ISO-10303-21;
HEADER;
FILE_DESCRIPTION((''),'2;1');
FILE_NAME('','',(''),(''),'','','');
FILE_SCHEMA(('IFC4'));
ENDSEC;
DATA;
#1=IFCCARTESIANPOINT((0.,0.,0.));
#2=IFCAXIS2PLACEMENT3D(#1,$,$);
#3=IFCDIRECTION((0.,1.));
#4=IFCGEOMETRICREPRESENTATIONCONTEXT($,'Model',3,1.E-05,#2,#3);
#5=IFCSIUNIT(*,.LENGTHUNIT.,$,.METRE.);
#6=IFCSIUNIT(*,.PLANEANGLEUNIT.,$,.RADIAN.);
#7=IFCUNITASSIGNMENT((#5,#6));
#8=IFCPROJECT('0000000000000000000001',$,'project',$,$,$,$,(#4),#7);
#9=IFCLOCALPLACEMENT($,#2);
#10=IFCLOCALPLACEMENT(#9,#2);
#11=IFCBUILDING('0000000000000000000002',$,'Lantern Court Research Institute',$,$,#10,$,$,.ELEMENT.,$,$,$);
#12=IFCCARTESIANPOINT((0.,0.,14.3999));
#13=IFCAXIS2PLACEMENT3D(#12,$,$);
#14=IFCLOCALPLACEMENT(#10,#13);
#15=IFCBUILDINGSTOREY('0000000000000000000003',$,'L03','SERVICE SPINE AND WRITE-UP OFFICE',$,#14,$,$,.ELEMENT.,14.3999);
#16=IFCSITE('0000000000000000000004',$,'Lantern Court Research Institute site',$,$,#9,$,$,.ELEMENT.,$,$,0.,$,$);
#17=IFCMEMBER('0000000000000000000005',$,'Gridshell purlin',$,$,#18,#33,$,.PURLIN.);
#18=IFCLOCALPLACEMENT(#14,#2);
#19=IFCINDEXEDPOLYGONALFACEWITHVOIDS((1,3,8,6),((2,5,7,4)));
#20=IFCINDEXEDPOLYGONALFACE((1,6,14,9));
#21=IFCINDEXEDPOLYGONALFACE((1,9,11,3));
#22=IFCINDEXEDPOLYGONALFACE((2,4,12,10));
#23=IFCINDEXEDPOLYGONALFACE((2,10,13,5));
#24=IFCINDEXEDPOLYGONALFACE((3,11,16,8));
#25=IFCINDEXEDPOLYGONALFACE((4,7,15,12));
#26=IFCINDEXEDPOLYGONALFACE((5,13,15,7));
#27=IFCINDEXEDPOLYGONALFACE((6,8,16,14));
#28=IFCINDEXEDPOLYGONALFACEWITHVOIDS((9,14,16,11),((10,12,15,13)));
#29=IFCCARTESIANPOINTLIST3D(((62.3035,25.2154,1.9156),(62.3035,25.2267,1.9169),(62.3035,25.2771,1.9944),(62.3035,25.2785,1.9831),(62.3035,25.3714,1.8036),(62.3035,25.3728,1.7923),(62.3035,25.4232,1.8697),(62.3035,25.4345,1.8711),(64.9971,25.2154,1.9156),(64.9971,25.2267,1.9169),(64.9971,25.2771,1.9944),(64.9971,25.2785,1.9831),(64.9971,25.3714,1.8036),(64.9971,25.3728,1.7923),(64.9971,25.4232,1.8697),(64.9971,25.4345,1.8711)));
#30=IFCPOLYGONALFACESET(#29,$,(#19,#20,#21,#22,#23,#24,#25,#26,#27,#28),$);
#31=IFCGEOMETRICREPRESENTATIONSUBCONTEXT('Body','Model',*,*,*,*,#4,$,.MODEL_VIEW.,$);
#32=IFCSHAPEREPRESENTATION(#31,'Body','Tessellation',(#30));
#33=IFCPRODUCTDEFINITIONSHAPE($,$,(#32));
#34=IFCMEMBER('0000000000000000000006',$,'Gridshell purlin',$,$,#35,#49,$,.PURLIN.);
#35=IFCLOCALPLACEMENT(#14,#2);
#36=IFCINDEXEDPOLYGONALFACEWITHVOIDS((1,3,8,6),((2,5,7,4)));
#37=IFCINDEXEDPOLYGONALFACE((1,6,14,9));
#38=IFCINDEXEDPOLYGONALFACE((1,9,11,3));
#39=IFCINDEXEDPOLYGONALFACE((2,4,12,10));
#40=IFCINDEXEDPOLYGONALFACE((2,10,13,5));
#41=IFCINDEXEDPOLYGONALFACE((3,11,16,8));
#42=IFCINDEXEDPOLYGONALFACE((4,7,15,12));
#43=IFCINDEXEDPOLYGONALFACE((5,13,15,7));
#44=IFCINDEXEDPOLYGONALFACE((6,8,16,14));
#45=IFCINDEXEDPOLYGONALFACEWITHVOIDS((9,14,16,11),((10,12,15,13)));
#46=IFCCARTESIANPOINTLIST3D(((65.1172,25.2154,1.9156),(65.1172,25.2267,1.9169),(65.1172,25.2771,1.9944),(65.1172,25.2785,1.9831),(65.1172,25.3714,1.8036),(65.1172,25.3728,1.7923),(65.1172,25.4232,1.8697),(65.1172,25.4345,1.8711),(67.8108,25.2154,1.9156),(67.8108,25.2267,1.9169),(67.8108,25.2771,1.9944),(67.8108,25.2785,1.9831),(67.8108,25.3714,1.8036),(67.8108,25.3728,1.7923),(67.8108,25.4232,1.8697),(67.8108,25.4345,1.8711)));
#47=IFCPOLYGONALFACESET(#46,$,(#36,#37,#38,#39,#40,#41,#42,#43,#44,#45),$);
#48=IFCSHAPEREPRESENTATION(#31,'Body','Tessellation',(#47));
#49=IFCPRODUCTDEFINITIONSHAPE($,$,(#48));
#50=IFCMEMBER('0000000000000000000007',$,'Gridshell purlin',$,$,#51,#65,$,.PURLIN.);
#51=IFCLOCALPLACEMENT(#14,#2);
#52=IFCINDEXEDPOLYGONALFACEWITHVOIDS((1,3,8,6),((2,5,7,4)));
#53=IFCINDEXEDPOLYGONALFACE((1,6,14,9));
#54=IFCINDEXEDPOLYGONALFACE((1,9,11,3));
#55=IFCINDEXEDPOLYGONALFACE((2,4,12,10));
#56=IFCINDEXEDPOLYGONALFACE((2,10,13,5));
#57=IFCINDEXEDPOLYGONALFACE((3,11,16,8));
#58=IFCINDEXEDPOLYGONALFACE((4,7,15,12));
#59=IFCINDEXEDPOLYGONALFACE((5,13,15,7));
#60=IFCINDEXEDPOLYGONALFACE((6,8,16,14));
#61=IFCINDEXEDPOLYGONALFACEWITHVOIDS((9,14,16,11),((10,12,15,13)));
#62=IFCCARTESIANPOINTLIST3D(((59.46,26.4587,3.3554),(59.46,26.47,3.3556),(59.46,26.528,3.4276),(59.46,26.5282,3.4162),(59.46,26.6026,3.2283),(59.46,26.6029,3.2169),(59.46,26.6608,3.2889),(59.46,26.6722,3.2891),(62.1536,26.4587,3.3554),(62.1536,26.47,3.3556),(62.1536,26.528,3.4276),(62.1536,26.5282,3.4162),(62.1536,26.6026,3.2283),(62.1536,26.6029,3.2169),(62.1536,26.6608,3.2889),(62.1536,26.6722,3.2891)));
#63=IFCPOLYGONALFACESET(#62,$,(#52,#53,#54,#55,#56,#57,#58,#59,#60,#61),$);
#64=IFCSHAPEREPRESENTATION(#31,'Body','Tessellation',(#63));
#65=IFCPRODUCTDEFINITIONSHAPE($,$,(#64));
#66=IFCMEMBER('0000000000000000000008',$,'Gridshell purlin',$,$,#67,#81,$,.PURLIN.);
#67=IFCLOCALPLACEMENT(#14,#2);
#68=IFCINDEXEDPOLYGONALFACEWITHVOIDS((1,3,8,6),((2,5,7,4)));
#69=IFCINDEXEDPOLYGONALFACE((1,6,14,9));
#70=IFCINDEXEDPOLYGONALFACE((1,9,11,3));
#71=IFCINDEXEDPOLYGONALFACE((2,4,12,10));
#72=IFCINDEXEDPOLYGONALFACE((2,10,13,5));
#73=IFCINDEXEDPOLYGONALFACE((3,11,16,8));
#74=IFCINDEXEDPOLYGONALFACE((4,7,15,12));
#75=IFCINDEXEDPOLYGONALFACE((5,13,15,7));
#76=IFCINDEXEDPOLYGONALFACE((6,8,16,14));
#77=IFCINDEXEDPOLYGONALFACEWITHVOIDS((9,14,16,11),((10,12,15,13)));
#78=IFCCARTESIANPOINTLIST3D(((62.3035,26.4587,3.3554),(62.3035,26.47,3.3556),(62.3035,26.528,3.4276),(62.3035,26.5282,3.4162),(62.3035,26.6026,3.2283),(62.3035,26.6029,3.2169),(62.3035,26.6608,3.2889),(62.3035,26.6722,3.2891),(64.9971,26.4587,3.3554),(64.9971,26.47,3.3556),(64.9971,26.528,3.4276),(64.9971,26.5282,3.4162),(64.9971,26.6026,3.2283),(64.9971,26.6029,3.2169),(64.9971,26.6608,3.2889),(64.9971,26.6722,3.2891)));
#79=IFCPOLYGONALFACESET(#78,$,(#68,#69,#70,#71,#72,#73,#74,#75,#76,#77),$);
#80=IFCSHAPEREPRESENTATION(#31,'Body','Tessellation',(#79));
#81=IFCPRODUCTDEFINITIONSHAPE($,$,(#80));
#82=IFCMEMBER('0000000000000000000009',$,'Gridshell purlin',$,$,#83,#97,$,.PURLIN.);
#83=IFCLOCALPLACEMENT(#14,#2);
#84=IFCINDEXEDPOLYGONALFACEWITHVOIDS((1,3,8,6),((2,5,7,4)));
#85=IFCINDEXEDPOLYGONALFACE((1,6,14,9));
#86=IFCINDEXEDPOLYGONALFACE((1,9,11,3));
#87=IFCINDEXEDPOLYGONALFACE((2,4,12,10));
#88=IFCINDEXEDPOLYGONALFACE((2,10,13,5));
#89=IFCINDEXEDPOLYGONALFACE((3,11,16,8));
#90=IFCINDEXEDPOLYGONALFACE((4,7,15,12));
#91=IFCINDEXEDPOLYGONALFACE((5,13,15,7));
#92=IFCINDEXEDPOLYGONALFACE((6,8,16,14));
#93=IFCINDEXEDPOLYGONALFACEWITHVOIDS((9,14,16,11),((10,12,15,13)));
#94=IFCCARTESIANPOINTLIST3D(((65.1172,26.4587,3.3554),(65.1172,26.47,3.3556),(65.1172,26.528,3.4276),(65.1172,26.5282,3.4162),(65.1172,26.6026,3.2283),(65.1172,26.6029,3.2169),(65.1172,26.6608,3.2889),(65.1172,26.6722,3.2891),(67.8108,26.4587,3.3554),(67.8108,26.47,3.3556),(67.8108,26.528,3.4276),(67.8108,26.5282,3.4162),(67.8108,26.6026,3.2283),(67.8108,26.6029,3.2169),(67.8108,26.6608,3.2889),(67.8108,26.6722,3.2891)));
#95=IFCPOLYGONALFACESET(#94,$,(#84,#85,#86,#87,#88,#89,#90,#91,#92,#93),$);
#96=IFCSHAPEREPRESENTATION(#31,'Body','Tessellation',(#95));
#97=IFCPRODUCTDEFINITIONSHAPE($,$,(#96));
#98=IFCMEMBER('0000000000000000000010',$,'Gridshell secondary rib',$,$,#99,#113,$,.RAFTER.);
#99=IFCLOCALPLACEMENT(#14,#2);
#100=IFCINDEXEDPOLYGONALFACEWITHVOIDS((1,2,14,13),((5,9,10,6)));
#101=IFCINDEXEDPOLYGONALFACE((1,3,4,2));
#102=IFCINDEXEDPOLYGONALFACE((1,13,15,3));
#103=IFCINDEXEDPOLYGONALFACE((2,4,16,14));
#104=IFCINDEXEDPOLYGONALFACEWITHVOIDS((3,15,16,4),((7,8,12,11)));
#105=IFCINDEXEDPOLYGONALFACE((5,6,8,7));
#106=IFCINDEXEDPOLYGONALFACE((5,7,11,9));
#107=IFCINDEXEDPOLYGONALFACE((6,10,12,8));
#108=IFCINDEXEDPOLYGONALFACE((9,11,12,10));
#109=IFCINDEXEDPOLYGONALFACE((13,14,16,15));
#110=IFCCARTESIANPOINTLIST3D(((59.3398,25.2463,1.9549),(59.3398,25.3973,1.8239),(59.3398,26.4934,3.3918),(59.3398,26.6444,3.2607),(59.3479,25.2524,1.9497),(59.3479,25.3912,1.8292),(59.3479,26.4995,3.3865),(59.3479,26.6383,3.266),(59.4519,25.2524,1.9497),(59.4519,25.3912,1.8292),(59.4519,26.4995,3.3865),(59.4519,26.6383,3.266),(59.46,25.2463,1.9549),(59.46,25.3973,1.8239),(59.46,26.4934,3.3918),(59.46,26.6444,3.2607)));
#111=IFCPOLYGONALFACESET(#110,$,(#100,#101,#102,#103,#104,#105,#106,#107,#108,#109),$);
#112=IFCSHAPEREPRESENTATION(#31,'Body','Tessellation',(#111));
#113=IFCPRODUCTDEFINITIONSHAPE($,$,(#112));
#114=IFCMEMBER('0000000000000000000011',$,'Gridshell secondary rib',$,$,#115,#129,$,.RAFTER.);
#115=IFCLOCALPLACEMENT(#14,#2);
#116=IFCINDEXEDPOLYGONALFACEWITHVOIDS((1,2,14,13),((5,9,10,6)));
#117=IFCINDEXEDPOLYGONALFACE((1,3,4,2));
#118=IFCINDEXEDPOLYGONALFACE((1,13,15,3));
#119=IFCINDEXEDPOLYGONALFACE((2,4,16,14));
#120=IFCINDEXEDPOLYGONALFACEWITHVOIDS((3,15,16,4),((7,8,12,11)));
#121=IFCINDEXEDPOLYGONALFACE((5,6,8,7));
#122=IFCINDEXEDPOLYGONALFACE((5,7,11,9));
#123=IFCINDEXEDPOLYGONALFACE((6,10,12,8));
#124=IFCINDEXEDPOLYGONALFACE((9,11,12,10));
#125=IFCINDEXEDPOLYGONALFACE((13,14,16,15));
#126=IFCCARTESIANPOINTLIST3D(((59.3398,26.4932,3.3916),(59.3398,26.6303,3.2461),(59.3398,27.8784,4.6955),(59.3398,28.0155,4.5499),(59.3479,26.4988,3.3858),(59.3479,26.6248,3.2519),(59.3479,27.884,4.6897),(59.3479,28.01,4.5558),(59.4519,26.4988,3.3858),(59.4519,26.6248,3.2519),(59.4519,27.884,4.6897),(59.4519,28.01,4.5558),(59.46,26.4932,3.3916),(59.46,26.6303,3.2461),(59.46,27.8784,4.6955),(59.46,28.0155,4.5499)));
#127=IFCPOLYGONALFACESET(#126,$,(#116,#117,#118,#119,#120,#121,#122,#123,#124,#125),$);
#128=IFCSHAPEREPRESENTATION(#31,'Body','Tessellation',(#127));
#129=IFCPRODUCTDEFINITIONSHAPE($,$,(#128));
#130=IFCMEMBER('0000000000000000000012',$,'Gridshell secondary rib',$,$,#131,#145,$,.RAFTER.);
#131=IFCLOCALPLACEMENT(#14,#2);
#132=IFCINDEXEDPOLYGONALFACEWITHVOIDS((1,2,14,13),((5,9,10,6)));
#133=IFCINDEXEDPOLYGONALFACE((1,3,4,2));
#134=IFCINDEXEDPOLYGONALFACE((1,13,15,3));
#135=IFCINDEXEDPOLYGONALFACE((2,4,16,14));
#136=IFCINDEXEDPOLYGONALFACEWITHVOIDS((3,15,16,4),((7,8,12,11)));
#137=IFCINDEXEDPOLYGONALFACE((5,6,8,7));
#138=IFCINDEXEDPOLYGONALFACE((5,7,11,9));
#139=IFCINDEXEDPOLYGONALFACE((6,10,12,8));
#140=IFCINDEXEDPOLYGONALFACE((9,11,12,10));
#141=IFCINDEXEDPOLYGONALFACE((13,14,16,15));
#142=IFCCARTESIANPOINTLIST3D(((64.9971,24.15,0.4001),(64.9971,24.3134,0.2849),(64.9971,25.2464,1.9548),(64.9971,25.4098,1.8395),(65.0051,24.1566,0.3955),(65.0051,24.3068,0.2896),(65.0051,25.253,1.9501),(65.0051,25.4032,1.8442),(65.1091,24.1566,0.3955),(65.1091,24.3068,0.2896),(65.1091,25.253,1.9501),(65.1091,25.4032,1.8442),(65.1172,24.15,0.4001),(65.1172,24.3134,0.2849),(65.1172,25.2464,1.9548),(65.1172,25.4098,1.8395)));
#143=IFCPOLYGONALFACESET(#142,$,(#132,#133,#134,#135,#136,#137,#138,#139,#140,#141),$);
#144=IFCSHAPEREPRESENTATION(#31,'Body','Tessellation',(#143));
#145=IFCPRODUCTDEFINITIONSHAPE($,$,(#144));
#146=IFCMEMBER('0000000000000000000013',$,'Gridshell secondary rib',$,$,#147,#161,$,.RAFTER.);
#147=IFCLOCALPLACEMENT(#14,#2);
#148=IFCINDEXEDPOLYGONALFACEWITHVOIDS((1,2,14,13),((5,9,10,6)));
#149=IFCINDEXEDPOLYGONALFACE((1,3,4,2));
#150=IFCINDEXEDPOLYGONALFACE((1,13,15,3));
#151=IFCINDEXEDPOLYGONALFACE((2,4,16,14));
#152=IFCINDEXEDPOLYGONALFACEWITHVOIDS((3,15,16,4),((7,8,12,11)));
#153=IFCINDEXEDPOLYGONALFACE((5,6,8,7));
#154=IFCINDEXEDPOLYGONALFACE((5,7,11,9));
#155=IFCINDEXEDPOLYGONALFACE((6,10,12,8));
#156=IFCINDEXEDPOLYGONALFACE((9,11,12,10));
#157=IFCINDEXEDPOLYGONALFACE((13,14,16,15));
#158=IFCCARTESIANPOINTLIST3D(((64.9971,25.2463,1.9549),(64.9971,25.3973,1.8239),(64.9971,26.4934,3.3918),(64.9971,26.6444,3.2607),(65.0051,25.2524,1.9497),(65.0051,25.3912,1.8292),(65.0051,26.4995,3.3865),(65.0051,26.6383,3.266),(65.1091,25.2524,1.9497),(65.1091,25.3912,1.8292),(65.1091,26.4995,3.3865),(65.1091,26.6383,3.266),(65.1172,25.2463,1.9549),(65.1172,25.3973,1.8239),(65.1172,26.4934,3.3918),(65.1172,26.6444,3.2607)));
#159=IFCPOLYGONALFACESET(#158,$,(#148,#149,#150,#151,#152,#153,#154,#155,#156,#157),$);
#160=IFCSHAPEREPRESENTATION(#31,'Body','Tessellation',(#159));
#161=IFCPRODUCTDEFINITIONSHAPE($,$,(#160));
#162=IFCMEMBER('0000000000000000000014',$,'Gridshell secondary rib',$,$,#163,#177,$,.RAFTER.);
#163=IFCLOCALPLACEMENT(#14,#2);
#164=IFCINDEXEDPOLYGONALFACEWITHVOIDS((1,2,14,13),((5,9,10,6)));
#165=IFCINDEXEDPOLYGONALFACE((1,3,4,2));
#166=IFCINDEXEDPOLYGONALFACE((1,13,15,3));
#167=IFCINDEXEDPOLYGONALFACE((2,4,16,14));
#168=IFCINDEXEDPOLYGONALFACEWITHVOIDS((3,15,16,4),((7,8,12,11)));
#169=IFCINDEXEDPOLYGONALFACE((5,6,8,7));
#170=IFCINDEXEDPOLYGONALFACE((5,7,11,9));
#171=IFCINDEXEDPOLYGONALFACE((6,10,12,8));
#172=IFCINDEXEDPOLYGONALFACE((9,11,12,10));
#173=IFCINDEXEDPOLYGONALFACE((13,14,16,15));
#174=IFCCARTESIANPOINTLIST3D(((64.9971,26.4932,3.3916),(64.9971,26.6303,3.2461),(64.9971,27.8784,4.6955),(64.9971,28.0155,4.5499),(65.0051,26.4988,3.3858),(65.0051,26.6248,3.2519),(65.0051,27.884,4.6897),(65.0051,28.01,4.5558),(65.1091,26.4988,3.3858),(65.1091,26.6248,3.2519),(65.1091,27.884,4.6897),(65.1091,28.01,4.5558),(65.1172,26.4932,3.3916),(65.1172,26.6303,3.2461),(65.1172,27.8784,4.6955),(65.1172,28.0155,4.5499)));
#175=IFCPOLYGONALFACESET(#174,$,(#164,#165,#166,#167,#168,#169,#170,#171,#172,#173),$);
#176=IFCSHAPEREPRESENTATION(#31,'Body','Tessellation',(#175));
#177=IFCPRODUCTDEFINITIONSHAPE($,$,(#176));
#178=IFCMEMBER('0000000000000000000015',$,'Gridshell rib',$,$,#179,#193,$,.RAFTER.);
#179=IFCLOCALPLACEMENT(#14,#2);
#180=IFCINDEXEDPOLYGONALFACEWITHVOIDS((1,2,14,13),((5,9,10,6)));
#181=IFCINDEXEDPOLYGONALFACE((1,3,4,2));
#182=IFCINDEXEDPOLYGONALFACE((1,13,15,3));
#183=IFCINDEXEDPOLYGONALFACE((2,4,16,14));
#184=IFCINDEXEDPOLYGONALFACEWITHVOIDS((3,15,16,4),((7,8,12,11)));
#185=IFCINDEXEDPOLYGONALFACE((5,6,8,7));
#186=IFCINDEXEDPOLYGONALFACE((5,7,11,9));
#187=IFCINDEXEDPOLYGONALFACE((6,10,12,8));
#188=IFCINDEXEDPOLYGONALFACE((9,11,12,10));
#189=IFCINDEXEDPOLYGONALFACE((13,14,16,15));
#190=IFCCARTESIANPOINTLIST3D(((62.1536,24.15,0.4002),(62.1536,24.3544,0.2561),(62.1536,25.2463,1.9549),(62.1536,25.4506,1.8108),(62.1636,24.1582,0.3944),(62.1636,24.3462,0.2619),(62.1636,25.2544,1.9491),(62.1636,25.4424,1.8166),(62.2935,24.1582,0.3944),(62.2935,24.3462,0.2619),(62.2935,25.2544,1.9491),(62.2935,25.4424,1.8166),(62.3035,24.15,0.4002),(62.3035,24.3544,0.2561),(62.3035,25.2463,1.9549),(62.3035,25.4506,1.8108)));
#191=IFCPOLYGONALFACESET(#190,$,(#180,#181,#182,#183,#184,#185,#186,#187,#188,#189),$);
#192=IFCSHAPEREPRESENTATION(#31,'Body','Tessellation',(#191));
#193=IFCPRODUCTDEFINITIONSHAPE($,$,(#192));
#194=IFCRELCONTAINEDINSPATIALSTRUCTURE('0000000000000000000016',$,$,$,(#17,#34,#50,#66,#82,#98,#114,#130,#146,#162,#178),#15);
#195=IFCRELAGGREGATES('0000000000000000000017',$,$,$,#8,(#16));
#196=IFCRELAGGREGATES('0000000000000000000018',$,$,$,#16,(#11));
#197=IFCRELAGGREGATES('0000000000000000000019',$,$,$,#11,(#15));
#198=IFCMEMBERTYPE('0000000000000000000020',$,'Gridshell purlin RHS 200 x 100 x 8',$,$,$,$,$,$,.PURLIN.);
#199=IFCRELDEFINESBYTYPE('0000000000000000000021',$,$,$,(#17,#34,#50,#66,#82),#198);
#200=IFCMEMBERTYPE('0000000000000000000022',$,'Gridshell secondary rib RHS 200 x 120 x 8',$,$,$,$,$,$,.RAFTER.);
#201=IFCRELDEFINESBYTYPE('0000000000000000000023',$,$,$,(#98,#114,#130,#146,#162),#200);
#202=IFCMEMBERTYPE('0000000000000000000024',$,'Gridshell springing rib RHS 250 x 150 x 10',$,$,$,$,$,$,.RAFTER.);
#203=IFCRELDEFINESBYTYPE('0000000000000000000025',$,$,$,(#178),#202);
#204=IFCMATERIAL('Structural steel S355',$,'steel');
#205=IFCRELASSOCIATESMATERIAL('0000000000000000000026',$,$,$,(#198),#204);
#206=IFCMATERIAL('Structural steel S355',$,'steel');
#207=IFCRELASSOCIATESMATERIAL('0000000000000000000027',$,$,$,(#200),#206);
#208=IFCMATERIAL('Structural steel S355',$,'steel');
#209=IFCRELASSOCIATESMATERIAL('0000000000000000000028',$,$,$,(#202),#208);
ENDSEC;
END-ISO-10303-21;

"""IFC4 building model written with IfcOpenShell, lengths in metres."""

from ifc_helpers import new_model, si_unit, direction, frame, origin, origin_2d, place, context, subcontext, project, spatial, hollow_rectangle, extrude, material, material_profile, profile_set, type_object, element, save


model = new_model("IFC4")

# Units and contexts
model_context = context("Model", 3, precision=1e-05, world=origin(), true_north=direction((0.0, 1.0)))
body_context = subcontext(model_context, "Body", "Model", "MODEL_VIEW")
ifc_project = project(units=[si_unit("LENGTHUNIT", "METRE"), si_unit("PLANEANGLEUNIT", "RADIAN")], contexts=[model_context])

# Site, building, storey
site_placement = place(None, origin())
site = spatial("IfcSite", under=ifc_project, at=site_placement, Name="Lantern Court Research Institute site", CompositionType="ELEMENT", RefElevation=0.0)
building_placement = place(site_placement, origin())
building = spatial("IfcBuilding", under=site, at=building_placement, Name="Lantern Court Research Institute", CompositionType="ELEMENT")
storey_placement = place(building_placement, frame((0.0, 0.0, 14.3999)))
storey = spatial("IfcBuildingStorey", under=building, at=storey_placement, Name="L03", Description="SERVICE SPINE AND WRITE-UP OFFICE", CompositionType="ELEMENT", Elevation=14.3999)

# Members
ifc_material_1 = material(Name="Structural steel S355", Category="steel")
ifc_material_profile_1 = material_profile(ifc_material_1, hollow_rectangle(XDim=0.1001, YDim=0.2, WallThickness=0.0081, at=origin_2d()), Name="Gridshell purlin RHS 200 x 100 x 8")
ifc_profile_set_1 = profile_set([ifc_material_profile_1], Name="Structural steel S355")
member_type_1 = type_object("IfcMemberType", Name="Gridshell purlin RHS 200 x 100 x 8", PredefinedType="PURLIN", material=ifc_profile_set_1)
for number, where, z_axis, x_axis, name in (
    (1, (62.3035, 25.325, 1.8933), (1.0, 0.0, 0.0), (0.0, 0.616657, 0.787232), "Gridshell purlin"),
    (2, (65.1172, 25.325, 1.8933), (1.0, 0.0, 0.0), (0.0, 0.616657, 0.787232), "Gridshell purlin"),
    (3, (59.46, 26.5654, 3.3223), (1.0, 0.0, 0.0), (0.0, 0.692674, 0.721251), "Gridshell purlin"),
    (4, (62.3035, 26.5654, 3.3223), (1.0, 0.0, 0.0), (0.0, 0.692674, 0.721251), "Gridshell purlin"),
    (5, (65.1172, 26.5654, 3.3223), (1.0, 0.0, 0.0), (0.0, 0.692674, 0.721251), "Gridshell purlin"),
):
    element("IfcMember", number, at=place(storey_placement, frame(where, z_axis=z_axis, x_axis=x_axis)), inside=storey, type_object=member_type_1, Name=name, PredefinedType="PURLIN", context=body_context, shape_type="SweptSolid", body=[
        extrude(hollow_rectangle(XDim=0.1001, YDim=0.2, WallThickness=0.0081, at=origin_2d()), origin(), (0.0, 0.0, 1.0), 2.6936),
    ])
ifc_material_2 = material(Name="Structural steel S355", Category="steel")
ifc_material_profile_2 = material_profile(ifc_material_2, hollow_rectangle(XDim=0.1201, YDim=0.2, WallThickness=0.0081, at=origin_2d()), Name="Gridshell secondary rib RHS 200 x 120 x 8")
ifc_profile_set_2 = profile_set([ifc_material_profile_2], Name="Structural steel S355")
member_type_2 = type_object("IfcMemberType", Name="Gridshell secondary rib RHS 200 x 120 x 8", PredefinedType="RAFTER", material=ifc_profile_set_2)
member_1_placement = place(storey_placement, frame((59.3999, 25.3218, 1.8894), z_axis=(0.0, 0.655492, 0.755202), x_axis=(-1.0, 0.0, 0.0)))
element("IfcMember", 6, at=member_1_placement, inside=storey, type_object=member_type_2, Name="Gridshell secondary rib", PredefinedType="RAFTER", context=body_context, shape_type="SweptSolid", body=[
    extrude(hollow_rectangle(XDim=0.1201, YDim=0.2, WallThickness=0.0081, at=origin_2d()), origin(), (0.0, 0.0, 1.0), 1.9026),
])
for number, where, z_axis, x_axis, name in (
    (7, (59.3999, 26.5618, 3.3188), (0.0, 0.728151, 0.685417), (-1.0, 0.0, 0.0), "Gridshell secondary rib"),
    (8, (65.0571, 24.2317, 0.3425), (0.0, 0.576335, 0.817213), (-1.0, 0.0, 0.0), "Gridshell secondary rib"),
):
    element("IfcMember", number, at=place(storey_placement, frame(where, z_axis=z_axis, x_axis=x_axis)), inside=storey, type_object=member_type_2, Name=name, PredefinedType="RAFTER", context=body_context, shape_type="SweptSolid", body=[
        extrude(hollow_rectangle(XDim=0.1201, YDim=0.2, WallThickness=0.0081, at=origin_2d()), origin(), (0.0, 0.0, 1.0), 1.9023),
    ])
member_2_placement = place(storey_placement, frame((65.0571, 25.3218, 1.8894), z_axis=(0.0, 0.655492, 0.755202), x_axis=(-1.0, 0.0, 0.0)))
element("IfcMember", 9, at=member_2_placement, inside=storey, type_object=member_type_2, Name="Gridshell secondary rib", PredefinedType="RAFTER", context=body_context, shape_type="SweptSolid", body=[
    extrude(hollow_rectangle(XDim=0.1201, YDim=0.2, WallThickness=0.0081, at=origin_2d()), origin(), (0.0, 0.0, 1.0), 1.9026),
])
member_3_placement = place(storey_placement, frame((65.0571, 26.5618, 3.3188), z_axis=(0.0, 0.728151, 0.685417), x_axis=(-1.0, 0.0, 0.0)))
element("IfcMember", 10, at=member_3_placement, inside=storey, type_object=member_type_2, Name="Gridshell secondary rib", PredefinedType="RAFTER", context=body_context, shape_type="SweptSolid", body=[
    extrude(hollow_rectangle(XDim=0.1201, YDim=0.2, WallThickness=0.0081, at=origin_2d()), origin(), (0.0, 0.0, 1.0), 1.9023),
])
ifc_material_3 = material(Name="Structural steel S355", Category="steel")
ifc_material_profile_3 = material_profile(ifc_material_3, hollow_rectangle(XDim=0.1499, YDim=0.25, WallThickness=0.01, at=origin_2d()), Name="Gridshell springing rib RHS 250 x 150 x 10")
ifc_profile_set_3 = profile_set([ifc_material_profile_3], Name="Structural steel S355")
member_type_3 = type_object("IfcMemberType", Name="Gridshell springing rib RHS 250 x 150 x 10", PredefinedType="RAFTER", material=ifc_profile_set_3)
member_4_placement = place(storey_placement, frame((62.2285, 24.2522, 0.3281), z_axis=(0.0, 0.57625, 0.817274), x_axis=(-1.0, 0.0, 0.0)))
element("IfcMember", 11, at=member_4_placement, inside=storey, type_object=member_type_3, Name="Gridshell rib", PredefinedType="RAFTER", context=body_context, shape_type="SweptSolid", body=[
    extrude(hollow_rectangle(XDim=0.1499, YDim=0.25, WallThickness=0.01, at=origin_2d()), origin(), (0.0, 0.0, 1.0), 1.9023),
])

save(model, "model.ifc")
